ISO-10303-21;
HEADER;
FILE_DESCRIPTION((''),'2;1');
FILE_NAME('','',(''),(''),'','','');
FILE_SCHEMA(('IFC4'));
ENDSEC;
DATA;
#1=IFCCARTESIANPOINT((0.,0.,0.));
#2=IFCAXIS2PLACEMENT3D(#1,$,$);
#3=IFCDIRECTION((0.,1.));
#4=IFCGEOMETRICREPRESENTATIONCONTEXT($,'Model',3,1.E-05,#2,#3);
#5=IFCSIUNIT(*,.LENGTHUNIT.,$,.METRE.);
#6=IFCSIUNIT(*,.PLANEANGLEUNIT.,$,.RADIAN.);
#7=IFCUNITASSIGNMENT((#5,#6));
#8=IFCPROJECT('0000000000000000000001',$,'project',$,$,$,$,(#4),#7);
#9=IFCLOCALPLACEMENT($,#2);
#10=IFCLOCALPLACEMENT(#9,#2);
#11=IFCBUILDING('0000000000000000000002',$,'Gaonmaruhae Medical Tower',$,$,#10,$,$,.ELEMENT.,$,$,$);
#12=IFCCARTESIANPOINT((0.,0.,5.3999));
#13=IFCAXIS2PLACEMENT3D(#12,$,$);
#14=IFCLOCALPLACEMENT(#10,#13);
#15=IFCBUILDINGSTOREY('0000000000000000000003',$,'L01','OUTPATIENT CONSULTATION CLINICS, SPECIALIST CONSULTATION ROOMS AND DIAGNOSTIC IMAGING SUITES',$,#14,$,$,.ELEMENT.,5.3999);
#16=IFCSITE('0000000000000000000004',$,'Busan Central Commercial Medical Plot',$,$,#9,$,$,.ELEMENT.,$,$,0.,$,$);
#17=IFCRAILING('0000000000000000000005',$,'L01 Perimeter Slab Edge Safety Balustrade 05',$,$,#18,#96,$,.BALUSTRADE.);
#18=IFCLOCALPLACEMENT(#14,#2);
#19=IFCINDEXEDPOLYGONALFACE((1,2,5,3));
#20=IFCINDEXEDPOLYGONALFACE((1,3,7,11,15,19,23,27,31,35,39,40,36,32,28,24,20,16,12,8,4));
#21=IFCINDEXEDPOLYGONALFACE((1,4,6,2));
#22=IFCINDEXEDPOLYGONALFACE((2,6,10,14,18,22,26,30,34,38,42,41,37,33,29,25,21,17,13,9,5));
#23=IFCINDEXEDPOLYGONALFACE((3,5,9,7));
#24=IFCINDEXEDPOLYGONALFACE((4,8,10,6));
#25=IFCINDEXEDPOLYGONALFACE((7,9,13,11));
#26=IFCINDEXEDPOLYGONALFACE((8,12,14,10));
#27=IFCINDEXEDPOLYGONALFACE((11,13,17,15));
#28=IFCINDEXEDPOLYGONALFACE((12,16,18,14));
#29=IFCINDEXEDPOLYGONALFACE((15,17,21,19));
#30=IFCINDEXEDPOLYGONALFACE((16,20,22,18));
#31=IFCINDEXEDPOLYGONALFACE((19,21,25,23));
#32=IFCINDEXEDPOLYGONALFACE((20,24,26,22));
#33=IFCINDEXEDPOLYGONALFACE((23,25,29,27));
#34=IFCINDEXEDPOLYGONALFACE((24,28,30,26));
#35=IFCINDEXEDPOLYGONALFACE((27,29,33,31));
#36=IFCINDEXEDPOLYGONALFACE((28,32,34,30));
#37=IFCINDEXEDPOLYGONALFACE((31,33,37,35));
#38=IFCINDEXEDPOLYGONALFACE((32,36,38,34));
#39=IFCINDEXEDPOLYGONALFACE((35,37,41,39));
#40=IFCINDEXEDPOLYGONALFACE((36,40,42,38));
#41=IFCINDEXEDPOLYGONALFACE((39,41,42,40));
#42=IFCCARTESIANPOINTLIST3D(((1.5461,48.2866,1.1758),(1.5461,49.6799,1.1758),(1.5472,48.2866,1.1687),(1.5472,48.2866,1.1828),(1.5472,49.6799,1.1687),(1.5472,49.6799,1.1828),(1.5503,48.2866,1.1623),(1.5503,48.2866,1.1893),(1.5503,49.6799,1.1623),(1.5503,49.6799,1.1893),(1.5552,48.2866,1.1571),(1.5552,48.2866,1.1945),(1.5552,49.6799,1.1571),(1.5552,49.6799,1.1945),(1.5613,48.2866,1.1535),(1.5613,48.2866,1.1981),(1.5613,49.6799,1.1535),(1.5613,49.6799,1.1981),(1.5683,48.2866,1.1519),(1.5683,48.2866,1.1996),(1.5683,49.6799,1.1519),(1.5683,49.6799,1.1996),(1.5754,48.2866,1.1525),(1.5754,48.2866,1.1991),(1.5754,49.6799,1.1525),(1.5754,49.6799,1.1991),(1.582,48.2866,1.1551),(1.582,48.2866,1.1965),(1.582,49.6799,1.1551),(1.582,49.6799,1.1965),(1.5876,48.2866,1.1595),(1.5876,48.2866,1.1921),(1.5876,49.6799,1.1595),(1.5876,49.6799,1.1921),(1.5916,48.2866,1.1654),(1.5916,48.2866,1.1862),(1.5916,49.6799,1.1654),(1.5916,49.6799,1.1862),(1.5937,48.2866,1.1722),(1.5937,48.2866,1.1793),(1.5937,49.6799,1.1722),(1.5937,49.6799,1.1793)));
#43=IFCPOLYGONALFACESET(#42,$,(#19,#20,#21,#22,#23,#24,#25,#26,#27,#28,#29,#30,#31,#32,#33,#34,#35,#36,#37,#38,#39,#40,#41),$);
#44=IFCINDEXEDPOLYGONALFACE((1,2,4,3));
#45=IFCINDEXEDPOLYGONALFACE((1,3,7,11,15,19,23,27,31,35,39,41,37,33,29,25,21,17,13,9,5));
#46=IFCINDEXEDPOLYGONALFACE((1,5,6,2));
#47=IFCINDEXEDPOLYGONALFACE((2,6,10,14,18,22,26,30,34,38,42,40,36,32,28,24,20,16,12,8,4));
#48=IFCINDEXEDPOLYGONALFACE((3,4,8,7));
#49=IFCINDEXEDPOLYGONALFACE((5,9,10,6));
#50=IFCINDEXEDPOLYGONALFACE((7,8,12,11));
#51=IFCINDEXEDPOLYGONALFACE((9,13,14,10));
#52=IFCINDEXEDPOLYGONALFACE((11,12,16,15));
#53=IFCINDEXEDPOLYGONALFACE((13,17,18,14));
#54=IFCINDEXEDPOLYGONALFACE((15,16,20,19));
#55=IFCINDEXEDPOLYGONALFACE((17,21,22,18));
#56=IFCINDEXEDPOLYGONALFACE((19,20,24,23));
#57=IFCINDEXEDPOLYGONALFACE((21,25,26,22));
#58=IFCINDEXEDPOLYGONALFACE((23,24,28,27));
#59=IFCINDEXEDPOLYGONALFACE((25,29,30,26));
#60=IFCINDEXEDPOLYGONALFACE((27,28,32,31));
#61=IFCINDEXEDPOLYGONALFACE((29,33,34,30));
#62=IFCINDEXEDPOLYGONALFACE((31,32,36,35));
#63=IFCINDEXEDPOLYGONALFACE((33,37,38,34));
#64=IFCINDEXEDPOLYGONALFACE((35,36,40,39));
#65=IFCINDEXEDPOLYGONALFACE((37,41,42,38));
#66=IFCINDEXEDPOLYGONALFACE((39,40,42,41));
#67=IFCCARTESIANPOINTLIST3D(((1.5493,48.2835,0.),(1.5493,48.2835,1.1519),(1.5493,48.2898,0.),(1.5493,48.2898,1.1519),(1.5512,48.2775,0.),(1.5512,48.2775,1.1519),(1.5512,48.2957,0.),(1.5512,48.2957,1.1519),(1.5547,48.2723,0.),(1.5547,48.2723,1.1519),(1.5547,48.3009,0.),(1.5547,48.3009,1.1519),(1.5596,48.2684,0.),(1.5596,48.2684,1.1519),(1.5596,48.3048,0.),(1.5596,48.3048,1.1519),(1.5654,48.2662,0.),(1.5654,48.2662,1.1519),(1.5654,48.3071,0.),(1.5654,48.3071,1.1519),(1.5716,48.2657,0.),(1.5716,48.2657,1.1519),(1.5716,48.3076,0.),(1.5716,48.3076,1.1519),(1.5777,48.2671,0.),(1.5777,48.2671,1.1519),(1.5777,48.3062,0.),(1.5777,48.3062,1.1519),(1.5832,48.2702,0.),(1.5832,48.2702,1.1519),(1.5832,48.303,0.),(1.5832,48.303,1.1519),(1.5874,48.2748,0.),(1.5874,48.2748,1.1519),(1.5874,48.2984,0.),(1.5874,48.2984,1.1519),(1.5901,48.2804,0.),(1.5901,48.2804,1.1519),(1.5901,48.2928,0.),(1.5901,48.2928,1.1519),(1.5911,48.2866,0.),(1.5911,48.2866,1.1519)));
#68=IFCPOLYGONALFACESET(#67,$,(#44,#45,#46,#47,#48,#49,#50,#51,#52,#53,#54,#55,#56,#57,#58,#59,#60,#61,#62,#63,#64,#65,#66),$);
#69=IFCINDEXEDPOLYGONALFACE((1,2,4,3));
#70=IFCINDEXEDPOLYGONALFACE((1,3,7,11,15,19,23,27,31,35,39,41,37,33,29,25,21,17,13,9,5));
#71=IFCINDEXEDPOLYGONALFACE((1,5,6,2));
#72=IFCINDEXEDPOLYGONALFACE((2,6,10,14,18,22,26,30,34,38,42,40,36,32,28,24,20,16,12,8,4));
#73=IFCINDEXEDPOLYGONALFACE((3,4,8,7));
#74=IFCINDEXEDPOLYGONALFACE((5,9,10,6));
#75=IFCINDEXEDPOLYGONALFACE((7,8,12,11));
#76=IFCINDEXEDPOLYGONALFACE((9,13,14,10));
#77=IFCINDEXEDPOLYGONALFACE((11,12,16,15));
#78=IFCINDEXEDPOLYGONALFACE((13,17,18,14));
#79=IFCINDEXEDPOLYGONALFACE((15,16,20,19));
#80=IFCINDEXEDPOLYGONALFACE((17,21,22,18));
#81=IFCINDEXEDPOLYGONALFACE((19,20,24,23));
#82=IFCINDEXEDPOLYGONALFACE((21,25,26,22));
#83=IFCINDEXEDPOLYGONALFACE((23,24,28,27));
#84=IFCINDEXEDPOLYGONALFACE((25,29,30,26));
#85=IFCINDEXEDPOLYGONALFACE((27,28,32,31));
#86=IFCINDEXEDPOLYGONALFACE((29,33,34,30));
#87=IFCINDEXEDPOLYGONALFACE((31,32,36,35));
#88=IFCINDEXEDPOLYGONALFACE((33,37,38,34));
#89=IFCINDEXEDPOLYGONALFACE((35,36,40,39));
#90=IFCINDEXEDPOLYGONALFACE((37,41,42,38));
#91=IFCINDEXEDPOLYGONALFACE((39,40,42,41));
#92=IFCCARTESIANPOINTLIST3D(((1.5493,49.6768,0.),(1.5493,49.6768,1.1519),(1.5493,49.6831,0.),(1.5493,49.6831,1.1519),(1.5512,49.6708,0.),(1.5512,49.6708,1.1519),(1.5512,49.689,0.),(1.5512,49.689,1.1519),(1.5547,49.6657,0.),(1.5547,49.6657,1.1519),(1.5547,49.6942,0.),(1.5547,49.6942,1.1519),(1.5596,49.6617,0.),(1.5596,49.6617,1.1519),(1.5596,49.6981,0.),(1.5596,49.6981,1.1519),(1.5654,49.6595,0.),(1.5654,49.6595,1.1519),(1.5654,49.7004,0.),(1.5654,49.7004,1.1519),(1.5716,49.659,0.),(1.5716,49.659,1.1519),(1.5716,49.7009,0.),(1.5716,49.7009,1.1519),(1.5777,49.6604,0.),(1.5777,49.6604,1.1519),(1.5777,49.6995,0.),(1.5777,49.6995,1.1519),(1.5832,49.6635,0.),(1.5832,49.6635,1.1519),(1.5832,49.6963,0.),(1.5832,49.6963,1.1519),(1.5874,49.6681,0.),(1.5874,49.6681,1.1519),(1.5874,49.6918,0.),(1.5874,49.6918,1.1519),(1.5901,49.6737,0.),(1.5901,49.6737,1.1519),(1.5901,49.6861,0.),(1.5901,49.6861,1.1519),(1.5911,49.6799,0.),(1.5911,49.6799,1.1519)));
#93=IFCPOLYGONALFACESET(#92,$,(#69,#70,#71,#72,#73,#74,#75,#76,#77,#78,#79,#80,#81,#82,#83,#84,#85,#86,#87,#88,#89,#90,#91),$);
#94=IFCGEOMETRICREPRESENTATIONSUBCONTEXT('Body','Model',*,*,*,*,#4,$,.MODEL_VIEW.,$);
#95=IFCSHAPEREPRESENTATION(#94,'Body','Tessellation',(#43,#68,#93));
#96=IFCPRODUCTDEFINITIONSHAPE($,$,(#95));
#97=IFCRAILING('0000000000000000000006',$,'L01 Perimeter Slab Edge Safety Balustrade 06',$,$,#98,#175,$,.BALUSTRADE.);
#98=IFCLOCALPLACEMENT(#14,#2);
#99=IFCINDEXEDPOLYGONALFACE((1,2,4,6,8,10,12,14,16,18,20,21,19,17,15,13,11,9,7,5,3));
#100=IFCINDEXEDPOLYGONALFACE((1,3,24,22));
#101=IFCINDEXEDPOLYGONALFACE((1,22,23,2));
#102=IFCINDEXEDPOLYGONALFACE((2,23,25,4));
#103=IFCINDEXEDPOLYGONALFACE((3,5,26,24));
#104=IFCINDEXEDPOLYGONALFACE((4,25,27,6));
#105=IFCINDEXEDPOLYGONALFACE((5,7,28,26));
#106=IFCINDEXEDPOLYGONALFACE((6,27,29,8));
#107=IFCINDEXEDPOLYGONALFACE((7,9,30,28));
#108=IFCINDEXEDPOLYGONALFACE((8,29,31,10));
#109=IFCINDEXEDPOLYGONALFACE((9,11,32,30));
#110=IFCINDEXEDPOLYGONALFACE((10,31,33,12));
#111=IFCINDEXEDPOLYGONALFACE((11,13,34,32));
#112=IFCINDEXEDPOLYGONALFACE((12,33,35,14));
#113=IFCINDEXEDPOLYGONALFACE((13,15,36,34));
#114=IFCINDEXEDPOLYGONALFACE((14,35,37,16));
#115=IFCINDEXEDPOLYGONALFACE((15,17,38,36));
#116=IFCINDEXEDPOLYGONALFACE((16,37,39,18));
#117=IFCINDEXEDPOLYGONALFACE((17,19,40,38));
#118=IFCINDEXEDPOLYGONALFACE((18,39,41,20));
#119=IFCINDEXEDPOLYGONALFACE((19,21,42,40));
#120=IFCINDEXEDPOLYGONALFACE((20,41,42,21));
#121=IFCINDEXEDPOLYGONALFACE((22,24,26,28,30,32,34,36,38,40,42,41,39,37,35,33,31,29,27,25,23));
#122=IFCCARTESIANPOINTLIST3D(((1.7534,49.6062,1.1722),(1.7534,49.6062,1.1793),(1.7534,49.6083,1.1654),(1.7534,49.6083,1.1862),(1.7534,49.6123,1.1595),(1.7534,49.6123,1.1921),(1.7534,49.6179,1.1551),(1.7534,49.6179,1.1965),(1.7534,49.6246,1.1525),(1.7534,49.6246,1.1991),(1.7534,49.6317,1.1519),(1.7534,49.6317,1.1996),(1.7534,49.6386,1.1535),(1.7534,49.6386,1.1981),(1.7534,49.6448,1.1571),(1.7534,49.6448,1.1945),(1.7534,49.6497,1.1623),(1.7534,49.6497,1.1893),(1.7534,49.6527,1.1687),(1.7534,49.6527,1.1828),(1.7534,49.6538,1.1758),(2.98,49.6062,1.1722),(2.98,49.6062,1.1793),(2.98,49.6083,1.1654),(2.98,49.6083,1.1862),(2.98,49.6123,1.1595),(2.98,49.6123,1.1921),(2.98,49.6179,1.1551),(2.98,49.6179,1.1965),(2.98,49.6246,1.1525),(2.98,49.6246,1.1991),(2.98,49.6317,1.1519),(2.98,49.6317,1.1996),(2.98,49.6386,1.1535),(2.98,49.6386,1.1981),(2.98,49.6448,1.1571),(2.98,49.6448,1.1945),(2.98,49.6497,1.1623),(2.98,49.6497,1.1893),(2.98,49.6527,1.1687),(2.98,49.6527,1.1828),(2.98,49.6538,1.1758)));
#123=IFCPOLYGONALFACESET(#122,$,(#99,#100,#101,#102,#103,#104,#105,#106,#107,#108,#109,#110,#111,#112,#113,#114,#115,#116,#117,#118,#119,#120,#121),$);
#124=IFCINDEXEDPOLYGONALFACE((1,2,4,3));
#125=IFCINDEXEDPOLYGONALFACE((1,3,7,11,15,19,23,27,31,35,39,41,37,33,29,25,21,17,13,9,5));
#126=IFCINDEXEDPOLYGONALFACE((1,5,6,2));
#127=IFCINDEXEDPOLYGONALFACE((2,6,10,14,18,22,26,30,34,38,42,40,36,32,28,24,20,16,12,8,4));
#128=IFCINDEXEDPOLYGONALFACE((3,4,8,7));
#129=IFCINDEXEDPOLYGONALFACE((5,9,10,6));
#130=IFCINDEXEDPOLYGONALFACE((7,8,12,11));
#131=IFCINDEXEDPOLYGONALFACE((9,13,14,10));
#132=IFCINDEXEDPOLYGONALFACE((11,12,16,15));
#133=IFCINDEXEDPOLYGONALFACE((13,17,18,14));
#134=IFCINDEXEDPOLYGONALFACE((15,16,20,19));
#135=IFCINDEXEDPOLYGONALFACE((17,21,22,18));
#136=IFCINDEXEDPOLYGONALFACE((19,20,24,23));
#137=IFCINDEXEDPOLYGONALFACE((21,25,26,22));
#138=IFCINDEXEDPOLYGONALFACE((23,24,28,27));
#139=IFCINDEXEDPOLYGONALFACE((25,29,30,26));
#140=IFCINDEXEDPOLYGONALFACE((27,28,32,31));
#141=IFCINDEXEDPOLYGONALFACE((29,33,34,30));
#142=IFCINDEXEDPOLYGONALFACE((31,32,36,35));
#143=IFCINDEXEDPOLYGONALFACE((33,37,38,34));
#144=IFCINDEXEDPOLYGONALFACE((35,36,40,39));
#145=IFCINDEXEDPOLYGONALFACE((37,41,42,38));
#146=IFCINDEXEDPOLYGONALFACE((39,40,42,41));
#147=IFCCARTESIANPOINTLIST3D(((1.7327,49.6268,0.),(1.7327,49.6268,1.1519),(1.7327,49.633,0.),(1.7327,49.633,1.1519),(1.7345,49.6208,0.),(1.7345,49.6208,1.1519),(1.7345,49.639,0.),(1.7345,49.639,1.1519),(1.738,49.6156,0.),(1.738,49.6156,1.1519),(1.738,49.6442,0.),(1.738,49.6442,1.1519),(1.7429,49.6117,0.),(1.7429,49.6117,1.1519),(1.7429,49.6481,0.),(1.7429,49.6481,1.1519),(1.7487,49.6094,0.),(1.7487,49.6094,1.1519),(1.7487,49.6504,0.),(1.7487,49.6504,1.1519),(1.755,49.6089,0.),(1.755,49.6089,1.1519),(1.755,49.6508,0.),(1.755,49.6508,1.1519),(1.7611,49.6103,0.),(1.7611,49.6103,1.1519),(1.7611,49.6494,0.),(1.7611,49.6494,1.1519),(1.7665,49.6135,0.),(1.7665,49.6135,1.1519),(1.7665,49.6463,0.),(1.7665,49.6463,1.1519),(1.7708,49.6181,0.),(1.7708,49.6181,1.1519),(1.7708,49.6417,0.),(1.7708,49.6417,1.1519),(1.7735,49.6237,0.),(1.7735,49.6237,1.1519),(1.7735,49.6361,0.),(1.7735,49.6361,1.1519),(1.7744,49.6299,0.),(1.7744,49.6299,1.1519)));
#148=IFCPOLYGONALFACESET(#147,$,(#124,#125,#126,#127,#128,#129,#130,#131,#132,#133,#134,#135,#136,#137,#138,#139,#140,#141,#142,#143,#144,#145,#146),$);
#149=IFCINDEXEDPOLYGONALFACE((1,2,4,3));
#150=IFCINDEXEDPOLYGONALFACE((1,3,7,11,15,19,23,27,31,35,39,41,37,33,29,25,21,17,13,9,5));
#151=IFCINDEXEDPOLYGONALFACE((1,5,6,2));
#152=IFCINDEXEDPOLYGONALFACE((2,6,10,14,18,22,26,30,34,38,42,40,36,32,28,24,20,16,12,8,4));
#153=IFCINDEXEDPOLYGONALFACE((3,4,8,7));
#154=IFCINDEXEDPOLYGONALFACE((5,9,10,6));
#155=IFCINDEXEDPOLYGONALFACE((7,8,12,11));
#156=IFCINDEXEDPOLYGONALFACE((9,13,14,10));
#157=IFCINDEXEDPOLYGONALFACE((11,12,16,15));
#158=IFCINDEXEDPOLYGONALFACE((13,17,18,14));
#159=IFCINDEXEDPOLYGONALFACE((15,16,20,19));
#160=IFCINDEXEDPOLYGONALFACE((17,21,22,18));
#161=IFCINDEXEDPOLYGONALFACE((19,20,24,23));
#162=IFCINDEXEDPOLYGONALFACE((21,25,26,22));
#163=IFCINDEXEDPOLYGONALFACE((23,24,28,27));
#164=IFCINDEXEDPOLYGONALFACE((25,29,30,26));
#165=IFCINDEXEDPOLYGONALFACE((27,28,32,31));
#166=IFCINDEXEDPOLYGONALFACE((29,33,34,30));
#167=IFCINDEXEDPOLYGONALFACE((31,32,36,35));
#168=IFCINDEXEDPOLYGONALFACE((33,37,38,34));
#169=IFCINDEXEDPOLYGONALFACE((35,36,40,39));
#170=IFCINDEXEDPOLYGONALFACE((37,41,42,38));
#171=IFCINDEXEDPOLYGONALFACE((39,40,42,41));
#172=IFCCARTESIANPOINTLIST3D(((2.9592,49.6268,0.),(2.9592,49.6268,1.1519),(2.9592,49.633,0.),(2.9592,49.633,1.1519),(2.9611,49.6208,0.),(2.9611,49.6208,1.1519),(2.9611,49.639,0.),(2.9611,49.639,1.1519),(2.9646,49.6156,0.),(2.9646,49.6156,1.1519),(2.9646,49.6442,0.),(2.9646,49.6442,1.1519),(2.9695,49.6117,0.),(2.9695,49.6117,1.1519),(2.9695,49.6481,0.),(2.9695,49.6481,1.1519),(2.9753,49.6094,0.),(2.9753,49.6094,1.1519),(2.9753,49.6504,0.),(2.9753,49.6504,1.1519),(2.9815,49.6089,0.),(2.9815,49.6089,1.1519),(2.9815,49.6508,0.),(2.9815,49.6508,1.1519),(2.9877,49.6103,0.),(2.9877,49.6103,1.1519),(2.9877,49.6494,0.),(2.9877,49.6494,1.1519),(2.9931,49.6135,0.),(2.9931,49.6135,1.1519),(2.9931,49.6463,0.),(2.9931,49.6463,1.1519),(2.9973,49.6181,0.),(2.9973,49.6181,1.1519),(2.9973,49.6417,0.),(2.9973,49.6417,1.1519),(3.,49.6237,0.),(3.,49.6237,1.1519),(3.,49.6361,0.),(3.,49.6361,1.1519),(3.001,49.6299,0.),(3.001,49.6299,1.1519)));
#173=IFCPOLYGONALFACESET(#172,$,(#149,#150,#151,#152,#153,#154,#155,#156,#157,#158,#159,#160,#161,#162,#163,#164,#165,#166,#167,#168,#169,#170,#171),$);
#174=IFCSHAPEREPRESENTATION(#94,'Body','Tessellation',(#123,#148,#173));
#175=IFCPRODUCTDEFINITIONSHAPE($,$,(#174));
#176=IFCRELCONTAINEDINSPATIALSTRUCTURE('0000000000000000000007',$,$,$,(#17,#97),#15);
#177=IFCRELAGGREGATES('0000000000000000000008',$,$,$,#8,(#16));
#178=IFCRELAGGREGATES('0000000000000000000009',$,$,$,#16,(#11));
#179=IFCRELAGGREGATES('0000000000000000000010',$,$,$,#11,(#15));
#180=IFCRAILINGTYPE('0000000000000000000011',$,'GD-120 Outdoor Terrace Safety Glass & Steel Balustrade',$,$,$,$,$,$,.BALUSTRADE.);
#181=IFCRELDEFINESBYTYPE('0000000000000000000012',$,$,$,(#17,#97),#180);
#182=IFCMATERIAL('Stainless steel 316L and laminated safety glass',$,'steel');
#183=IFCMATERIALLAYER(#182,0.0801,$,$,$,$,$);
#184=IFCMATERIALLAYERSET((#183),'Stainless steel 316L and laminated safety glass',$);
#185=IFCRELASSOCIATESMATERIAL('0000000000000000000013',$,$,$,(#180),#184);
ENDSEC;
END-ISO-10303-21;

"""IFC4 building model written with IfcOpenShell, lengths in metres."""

from ifc_helpers import new_model, si_unit, direction, frame, origin, origin_2d, place, context, subcontext, project, spatial, circle, extrude, material, layer, layer_set, type_object, element, save


model = new_model("IFC4")

# Units and contexts
model_context = context("Model", 3, precision=1e-05, world=origin(), true_north=direction((0.0, 1.0)))
body_context = subcontext(model_context, "Body", "Model", "MODEL_VIEW")
ifc_project = project(units=[si_unit("LENGTHUNIT", "METRE"), si_unit("PLANEANGLEUNIT", "RADIAN")], contexts=[model_context])

# Site, building, storey
site_placement = place(None, origin())
site = spatial("IfcSite", under=ifc_project, at=site_placement, Name="Busan Central Commercial Medical Plot", CompositionType="ELEMENT", RefElevation=0.0)
building_placement = place(site_placement, origin())
building = spatial("IfcBuilding", under=site, at=building_placement, Name="Gaonmaruhae Medical Tower", CompositionType="ELEMENT")
storey_placement = place(building_placement, frame((0.0, 0.0, 5.3999)))
storey = spatial("IfcBuildingStorey", under=building, at=storey_placement, Name="L01", Description="OUTPATIENT CONSULTATION CLINICS, SPECIALIST CONSULTATION ROOMS AND DIAGNOSTIC IMAGING SUITES", CompositionType="ELEMENT", Elevation=5.3999)

# Railings
ifc_material_1 = material(Name="Stainless steel 316L and laminated safety glass", Category="steel")
ifc_layer_1 = layer(ifc_material_1, 0.0801)
ifc_layer_set_1 = layer_set([ifc_layer_1], Name="Stainless steel 316L and laminated safety glass")
railing_type_1 = type_object("IfcRailingType", Name="GD-120 Outdoor Terrace Safety Glass & Steel Balustrade", PredefinedType="BALUSTRADE", material=ifc_layer_set_1)
railing_1_placement = place(storey_placement, frame((1.5701, 48.2866, 0.0)))
element("IfcRailing", 1, at=railing_1_placement, inside=storey, type_object=railing_type_1, Name="L01 Perimeter Slab Edge Safety Balustrade 05", PredefinedType="BALUSTRADE", context=body_context, shape_type="SweptSolid", body=[
    extrude(circle(Radius=0.0239, at=origin_2d()), frame((0.0, 0.0, 1.1758), z_axis=(0.0, 1.0, 0.0), x_axis=(-1.0, 0.0, 0.0)), (0.0, 0.0, 1.0), 1.3933),
    extrude(circle(Radius=0.021, at=origin_2d()), origin(), (0.0, 0.0, 1.0), 1.1519),
    extrude(circle(Radius=0.021, at=origin_2d()), frame((0.0, 1.3933, 0.0)), (0.0, 0.0, 1.0), 1.1519),
])
railing_2_placement = place(storey_placement, frame((1.7534, 49.6299, 0.0)))
element("IfcRailing", 2, at=railing_2_placement, inside=storey, type_object=railing_type_1, Name="L01 Perimeter Slab Edge Safety Balustrade 06", PredefinedType="BALUSTRADE", context=body_context, shape_type="SweptSolid", body=[
    extrude(circle(Radius=0.0239, at=origin_2d()), frame((0.0, 0.0, 1.1758), z_axis=(1.0, 0.0, 0.0), x_axis=(0.0, 1.0, 0.0)), (0.0, 0.0, 1.0), 1.2266),
    extrude(circle(Radius=0.021, at=origin_2d()), origin(), (0.0, 0.0, 1.0), 1.1519),
    extrude(circle(Radius=0.021, at=origin_2d()), frame((1.2266, 0.0, 0.0)), (0.0, 0.0, 1.0), 1.1519),
])

save(model, "model.ifc")
